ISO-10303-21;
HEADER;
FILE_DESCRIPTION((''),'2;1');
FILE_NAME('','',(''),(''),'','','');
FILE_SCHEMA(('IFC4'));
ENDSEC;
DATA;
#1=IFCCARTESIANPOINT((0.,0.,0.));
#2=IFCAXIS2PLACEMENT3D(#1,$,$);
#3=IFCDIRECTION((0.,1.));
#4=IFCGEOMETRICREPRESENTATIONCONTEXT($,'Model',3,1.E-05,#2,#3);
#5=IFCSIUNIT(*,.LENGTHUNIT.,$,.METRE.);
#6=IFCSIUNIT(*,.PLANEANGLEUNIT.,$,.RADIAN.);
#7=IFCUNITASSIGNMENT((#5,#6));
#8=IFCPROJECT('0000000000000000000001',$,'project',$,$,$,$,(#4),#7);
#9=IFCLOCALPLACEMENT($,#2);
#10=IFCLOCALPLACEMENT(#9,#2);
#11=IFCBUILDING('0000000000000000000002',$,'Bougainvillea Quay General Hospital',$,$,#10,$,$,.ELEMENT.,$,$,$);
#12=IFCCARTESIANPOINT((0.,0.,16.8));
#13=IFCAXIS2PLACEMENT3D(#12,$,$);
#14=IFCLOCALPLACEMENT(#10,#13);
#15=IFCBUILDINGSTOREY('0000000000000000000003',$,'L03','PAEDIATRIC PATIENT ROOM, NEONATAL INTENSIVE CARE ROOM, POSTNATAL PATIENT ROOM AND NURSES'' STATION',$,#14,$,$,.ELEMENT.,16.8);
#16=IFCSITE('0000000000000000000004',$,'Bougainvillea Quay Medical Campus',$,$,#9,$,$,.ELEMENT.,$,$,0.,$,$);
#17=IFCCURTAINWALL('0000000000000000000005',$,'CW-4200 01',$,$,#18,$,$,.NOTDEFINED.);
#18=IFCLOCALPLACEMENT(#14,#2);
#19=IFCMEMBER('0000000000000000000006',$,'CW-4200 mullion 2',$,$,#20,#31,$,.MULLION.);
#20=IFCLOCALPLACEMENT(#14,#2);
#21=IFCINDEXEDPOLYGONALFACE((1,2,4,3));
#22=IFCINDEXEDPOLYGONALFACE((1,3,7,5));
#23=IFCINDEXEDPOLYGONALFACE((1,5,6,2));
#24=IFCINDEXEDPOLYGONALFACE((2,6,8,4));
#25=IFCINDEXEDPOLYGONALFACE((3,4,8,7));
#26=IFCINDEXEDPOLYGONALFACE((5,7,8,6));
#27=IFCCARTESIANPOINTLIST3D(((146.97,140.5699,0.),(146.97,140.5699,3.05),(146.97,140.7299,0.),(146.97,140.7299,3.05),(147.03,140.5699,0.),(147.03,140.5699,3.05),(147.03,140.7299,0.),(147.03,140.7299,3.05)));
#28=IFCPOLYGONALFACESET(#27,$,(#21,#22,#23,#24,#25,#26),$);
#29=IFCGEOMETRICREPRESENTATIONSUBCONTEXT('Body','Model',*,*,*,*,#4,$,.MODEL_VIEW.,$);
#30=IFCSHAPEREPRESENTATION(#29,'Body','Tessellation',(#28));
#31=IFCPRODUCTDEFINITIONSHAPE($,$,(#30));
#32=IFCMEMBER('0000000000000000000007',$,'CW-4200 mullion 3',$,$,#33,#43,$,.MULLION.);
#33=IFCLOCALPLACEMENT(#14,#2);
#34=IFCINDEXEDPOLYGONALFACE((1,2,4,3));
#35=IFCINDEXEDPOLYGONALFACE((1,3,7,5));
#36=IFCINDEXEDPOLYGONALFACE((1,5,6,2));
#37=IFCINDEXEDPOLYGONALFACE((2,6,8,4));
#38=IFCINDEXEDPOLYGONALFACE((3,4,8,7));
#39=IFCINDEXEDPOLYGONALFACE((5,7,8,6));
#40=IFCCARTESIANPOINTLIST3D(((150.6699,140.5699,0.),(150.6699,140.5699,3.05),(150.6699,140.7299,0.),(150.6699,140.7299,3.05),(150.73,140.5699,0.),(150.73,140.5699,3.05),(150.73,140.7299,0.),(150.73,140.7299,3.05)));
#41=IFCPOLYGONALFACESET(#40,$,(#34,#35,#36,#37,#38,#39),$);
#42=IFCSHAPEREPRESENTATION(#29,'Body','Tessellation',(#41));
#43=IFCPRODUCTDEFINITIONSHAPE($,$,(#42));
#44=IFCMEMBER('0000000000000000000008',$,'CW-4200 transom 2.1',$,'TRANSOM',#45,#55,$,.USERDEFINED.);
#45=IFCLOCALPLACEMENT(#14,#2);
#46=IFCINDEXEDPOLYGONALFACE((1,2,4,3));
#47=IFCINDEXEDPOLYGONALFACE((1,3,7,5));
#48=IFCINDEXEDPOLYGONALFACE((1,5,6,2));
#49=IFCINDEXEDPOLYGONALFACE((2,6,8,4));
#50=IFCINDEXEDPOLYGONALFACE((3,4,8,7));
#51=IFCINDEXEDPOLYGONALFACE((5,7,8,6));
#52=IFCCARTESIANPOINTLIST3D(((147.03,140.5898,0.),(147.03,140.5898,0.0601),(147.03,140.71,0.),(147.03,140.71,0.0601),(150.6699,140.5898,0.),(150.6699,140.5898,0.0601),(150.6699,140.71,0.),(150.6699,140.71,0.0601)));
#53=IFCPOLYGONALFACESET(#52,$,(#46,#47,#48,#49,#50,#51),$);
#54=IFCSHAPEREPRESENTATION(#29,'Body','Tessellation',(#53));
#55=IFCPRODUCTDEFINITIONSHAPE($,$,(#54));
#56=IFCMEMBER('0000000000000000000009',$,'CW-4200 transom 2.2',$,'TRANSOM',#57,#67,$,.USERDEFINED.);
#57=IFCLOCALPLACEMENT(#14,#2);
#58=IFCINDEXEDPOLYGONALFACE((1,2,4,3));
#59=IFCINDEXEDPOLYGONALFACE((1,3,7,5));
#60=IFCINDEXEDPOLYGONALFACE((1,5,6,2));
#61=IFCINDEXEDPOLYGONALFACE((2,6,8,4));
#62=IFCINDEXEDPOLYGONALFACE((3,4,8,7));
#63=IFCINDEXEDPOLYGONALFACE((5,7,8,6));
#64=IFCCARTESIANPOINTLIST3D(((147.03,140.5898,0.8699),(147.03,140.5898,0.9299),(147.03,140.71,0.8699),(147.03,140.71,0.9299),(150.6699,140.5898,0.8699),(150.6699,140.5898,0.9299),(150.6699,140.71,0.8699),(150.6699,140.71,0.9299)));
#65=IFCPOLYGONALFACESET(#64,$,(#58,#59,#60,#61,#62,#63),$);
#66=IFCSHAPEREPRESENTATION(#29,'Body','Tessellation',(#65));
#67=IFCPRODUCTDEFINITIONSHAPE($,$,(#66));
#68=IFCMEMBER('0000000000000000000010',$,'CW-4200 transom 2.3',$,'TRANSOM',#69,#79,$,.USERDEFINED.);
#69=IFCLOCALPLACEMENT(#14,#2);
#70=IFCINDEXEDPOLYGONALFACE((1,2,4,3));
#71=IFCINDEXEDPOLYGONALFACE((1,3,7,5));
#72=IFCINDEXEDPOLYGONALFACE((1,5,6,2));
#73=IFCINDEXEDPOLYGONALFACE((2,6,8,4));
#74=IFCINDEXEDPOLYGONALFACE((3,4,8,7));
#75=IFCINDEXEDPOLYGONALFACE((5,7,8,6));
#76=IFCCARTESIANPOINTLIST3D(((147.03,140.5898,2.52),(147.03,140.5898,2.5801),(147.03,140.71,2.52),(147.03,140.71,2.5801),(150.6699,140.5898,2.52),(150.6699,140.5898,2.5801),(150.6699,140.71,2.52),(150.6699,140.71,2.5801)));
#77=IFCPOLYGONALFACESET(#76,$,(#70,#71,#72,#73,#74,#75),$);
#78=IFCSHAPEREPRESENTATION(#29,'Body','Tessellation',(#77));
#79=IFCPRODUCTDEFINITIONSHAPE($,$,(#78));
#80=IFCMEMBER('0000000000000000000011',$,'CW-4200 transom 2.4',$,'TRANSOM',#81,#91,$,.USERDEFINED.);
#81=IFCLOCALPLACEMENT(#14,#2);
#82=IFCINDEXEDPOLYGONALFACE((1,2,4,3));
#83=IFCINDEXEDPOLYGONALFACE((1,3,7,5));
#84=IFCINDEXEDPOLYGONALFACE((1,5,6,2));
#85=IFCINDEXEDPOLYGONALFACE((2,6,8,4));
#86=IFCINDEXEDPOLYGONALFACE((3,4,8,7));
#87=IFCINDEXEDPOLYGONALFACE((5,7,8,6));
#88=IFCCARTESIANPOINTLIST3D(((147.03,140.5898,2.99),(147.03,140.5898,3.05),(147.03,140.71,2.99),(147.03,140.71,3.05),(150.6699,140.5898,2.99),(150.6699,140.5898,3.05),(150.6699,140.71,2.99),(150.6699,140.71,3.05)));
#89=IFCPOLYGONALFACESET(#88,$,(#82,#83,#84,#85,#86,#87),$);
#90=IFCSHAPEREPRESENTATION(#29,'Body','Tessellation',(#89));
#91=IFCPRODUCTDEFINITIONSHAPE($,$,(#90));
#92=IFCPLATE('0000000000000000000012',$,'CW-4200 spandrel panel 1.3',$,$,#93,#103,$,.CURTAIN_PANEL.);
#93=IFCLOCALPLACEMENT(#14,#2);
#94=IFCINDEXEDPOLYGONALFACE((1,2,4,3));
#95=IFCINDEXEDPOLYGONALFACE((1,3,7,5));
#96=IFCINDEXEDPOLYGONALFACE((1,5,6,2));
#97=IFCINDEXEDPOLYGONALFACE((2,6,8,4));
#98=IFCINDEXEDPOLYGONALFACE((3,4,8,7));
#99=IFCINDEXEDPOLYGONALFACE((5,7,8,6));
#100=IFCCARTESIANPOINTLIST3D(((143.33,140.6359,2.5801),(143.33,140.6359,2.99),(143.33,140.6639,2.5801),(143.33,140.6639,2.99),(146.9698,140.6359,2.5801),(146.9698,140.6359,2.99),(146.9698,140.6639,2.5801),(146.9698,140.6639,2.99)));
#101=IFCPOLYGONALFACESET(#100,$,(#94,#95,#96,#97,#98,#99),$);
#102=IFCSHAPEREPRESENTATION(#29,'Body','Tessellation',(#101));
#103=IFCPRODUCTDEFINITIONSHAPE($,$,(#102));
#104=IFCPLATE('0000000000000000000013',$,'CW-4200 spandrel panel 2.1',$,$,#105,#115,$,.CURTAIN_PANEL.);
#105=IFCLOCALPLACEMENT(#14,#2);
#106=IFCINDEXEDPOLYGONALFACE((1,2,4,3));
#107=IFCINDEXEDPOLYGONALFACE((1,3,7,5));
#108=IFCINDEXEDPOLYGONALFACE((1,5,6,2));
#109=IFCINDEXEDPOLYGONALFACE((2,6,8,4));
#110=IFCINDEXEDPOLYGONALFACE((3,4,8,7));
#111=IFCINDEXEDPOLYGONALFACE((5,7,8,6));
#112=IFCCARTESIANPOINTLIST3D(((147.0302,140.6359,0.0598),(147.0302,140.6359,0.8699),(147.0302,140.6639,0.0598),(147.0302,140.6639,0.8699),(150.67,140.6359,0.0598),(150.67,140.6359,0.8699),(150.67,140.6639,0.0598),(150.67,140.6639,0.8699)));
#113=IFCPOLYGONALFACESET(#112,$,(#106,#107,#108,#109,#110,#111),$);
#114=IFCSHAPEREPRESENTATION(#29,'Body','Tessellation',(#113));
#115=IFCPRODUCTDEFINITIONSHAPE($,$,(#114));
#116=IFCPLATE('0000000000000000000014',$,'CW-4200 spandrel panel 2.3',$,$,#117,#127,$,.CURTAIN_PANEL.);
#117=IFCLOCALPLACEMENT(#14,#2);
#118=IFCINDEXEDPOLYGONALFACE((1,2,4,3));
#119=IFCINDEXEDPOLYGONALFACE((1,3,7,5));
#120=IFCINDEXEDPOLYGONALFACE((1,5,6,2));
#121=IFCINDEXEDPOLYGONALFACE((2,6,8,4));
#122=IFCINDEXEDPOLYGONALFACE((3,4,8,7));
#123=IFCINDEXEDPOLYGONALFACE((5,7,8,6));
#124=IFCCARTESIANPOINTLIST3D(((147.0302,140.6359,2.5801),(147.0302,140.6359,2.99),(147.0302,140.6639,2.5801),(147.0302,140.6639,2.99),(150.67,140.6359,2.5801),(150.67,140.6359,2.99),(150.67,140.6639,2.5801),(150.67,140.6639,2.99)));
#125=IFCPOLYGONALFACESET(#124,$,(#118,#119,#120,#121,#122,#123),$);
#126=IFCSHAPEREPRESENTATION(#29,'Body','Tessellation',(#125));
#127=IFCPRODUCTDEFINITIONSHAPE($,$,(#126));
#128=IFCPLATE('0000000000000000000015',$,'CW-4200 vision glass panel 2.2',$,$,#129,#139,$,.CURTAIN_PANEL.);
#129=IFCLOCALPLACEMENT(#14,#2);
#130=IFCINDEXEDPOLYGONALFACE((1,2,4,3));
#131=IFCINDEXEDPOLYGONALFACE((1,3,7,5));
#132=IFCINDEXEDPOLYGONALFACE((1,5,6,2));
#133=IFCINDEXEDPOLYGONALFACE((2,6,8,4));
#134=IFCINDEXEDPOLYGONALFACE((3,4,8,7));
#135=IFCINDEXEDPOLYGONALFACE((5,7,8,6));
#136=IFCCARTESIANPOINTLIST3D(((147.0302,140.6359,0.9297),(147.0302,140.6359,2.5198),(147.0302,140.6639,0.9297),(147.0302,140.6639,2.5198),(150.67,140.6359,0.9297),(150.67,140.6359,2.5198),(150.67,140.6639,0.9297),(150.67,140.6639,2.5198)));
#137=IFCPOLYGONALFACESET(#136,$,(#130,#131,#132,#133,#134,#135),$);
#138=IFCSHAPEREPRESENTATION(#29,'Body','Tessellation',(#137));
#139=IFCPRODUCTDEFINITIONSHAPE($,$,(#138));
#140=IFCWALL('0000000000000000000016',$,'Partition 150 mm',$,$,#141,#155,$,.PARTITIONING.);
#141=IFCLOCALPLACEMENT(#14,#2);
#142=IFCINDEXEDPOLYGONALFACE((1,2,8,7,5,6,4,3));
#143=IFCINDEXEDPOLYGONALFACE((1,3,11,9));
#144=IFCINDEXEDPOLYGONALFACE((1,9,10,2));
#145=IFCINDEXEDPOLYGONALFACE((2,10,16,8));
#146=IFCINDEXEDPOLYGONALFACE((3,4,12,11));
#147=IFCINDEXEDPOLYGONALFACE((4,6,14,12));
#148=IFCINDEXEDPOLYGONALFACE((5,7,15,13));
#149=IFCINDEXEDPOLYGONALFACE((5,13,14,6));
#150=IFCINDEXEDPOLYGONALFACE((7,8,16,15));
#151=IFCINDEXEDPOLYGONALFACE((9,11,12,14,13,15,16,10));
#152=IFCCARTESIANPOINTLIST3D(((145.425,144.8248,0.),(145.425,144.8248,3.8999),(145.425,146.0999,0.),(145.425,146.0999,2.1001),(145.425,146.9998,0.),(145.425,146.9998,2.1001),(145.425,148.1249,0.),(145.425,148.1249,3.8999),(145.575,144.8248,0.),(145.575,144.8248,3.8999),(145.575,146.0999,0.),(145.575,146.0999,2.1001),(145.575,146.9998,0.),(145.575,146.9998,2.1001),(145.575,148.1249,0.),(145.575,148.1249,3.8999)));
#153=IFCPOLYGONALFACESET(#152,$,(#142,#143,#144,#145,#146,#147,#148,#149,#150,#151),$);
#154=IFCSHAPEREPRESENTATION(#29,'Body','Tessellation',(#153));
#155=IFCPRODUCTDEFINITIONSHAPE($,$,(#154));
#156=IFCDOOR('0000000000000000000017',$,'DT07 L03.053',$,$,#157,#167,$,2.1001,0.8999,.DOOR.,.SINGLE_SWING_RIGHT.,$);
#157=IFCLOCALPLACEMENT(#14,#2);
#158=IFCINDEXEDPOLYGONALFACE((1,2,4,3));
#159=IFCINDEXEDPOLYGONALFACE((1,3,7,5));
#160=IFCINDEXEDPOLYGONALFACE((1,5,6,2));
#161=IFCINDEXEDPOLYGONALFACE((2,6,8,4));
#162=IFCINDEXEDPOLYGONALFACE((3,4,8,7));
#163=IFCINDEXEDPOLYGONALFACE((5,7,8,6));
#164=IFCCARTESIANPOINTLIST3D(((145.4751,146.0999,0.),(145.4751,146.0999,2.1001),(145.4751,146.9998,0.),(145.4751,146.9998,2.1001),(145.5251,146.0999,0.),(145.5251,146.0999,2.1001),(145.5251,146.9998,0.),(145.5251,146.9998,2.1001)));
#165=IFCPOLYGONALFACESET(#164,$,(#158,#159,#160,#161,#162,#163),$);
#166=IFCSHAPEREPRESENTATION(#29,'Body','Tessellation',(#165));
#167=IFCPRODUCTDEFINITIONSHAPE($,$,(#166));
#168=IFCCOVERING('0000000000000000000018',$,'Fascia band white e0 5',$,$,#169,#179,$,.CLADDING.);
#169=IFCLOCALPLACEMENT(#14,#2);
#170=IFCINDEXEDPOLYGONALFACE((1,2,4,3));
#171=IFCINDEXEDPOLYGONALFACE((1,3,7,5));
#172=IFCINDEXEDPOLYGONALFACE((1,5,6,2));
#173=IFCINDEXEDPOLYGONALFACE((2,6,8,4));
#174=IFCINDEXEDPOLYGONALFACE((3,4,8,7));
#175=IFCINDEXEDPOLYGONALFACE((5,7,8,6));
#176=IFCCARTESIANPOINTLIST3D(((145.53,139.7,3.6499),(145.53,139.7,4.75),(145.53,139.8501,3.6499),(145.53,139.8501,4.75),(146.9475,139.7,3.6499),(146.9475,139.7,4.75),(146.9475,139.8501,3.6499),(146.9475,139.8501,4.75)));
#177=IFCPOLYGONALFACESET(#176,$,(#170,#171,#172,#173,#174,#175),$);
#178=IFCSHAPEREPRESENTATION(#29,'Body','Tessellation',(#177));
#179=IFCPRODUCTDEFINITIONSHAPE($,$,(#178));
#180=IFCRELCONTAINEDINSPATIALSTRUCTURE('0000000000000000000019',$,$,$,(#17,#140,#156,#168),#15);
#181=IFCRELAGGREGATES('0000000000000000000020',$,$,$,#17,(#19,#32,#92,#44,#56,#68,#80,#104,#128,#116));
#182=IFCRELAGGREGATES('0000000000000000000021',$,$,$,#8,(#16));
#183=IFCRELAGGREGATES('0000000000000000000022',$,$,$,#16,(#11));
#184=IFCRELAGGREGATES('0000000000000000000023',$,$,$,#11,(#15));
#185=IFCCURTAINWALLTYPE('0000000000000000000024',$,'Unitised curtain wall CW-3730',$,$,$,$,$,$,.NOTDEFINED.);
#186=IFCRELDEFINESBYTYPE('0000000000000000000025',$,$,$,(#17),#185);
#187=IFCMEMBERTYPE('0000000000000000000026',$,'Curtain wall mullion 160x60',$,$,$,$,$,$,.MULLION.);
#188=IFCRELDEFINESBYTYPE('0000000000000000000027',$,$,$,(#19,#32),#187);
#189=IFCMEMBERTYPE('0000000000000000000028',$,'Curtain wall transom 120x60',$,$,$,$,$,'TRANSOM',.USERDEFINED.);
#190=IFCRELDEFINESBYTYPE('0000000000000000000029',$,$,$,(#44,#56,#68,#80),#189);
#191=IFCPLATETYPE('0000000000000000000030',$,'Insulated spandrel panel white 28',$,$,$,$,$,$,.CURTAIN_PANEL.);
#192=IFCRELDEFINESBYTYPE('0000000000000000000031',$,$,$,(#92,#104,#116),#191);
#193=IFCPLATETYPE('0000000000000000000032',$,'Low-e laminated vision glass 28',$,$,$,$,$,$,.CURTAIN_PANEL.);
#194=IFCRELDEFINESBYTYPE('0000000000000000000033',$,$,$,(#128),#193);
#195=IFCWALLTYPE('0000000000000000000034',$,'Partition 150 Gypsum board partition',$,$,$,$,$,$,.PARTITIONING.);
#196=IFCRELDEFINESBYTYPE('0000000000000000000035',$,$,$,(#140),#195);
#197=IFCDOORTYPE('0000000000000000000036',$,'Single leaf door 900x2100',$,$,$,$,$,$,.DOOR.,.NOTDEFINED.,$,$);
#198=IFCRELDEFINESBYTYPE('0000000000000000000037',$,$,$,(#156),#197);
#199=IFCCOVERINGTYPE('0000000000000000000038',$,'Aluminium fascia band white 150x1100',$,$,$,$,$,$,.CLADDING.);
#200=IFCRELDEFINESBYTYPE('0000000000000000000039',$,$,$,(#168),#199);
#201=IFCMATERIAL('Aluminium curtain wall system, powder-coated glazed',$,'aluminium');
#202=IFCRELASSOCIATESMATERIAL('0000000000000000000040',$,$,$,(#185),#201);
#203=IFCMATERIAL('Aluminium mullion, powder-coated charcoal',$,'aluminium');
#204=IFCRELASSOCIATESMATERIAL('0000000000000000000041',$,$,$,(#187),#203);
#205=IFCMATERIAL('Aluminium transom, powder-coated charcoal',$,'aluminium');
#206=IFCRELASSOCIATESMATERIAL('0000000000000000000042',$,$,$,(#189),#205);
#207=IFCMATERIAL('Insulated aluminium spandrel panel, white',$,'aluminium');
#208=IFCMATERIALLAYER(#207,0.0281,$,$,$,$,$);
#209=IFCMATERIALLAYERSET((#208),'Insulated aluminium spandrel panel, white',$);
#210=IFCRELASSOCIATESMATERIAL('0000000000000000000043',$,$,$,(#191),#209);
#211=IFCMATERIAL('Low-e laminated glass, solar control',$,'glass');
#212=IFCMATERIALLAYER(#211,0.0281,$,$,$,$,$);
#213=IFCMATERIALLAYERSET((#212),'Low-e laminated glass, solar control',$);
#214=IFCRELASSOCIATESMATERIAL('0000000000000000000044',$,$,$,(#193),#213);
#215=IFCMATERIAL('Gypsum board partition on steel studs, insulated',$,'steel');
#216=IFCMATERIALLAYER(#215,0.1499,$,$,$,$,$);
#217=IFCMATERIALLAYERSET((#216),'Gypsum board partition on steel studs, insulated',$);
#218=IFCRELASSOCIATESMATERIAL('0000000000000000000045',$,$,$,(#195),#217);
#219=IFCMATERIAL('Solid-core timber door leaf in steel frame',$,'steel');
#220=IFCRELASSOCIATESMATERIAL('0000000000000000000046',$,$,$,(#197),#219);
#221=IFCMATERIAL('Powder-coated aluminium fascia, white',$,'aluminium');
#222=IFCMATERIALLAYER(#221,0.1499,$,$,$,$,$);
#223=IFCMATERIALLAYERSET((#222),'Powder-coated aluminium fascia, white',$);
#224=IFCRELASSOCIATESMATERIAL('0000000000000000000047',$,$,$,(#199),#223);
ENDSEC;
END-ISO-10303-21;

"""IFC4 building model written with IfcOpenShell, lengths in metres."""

from ifc_helpers import new_model, si_unit, direction, frame, frame_2d, origin, origin_2d, place, context, subcontext, project, spatial, polyline, rectangle, outline, extrude, material, layer, layer_set, material_profile, profile_set, type_object, element, fill, aggregate, save


model = new_model("IFC4")

# Units and contexts
model_context = context("Model", 3, precision=1e-05, world=origin(), true_north=direction((0.0, 1.0)))
body_context = subcontext(model_context, "Body", "Model", "MODEL_VIEW")
ifc_project = project(units=[si_unit("LENGTHUNIT", "METRE"), si_unit("PLANEANGLEUNIT", "RADIAN")], contexts=[model_context])

# Site, building, storey
site_placement = place(None, origin())
site = spatial("IfcSite", under=ifc_project, at=site_placement, Name="Bougainvillea Quay Medical Campus", CompositionType="ELEMENT", RefElevation=0.0)
building_placement = place(site_placement, origin())
building = spatial("IfcBuilding", under=site, at=building_placement, Name="Bougainvillea Quay General Hospital", CompositionType="ELEMENT")
storey_placement = place(building_placement, frame((0.0, 0.0, 16.8)))
storey = spatial("IfcBuildingStorey", under=building, at=storey_placement, Name="L03", Description="PAEDIATRIC PATIENT ROOM, NEONATAL INTENSIVE CARE ROOM, POSTNATAL PATIENT ROOM AND NURSES' STATION", CompositionType="ELEMENT", Elevation=16.8)

# Curtain wall, members, plates
ifc_material_1 = material(Name="Aluminium curtain wall system, powder-coated glazed", Category="aluminium")
curtain_wall_type = type_object("IfcCurtainWallType", Name="Unitised curtain wall CW-3730", PredefinedType="NOTDEFINED", material=ifc_material_1)
curtain_wall_placement = place(storey_placement, origin())
curtain_wall = element("IfcCurtainWall", 1, at=curtain_wall_placement, inside=storey, type_object=curtain_wall_type, Name="CW-4200 01", PredefinedType="NOTDEFINED")
ifc_material_2 = material(Name="Aluminium mullion, powder-coated charcoal", Category="aluminium")
ifc_material_profile_1 = material_profile(ifc_material_2, rectangle(XDim=0.1599, YDim=0.0601, at=origin_2d()))
ifc_profile_set_1 = profile_set([ifc_material_profile_1], Name="Aluminium mullion, powder-coated charcoal")
member_type_1 = type_object("IfcMemberType", Name="Curtain wall mullion 160x60", PredefinedType="MULLION", material=ifc_profile_set_1)
member_1_placement = place(storey_placement, frame((147.0, 140.6499, 0.0), z_axis=(0.0, 0.0, 1.0), x_axis=(0.0, 1.0, 0.0)))
member_1 = element("IfcMember", 2, at=member_1_placement, type_object=member_type_1, Name="CW-4200 mullion 2", PredefinedType="MULLION", context=body_context, shape_type="SweptSolid", body=[
    extrude(rectangle(XDim=0.1599, YDim=0.0601, at=origin_2d()), origin(), (0.0, 0.0, 1.0), 3.05),
])
member_2_placement = place(storey_placement, frame((150.7, 140.6499, 0.0), z_axis=(0.0, 0.0, 1.0), x_axis=(0.0, 1.0, 0.0)))
member_2 = element("IfcMember", 3, at=member_2_placement, type_object=member_type_1, Name="CW-4200 mullion 3", PredefinedType="MULLION", context=body_context, shape_type="SweptSolid", body=[
    extrude(rectangle(XDim=0.1599, YDim=0.0601, at=origin_2d()), origin(), (0.0, 0.0, 1.0), 3.05),
])
ifc_material_3 = material(Name="Aluminium transom, powder-coated charcoal", Category="aluminium")
ifc_material_profile_2 = material_profile(ifc_material_3, rectangle(XDim=0.1201, YDim=0.0601, at=origin_2d()))
ifc_profile_set_2 = profile_set([ifc_material_profile_2], Name="Aluminium transom, powder-coated charcoal")
member_type_2 = type_object("IfcMemberType", Name="Curtain wall transom 120x60", ElementType="TRANSOM", PredefinedType="USERDEFINED", material=ifc_profile_set_2)
member_3_placement = place(storey_placement, frame((147.03, 140.6499, 0.03), z_axis=(1.0, 0.0, 0.0), x_axis=(0.0, 1.0, 0.0)))
member_3 = element("IfcMember", 4, at=member_3_placement, type_object=member_type_2, Name="CW-4200 transom 2.1", ObjectType="TRANSOM", PredefinedType="USERDEFINED", context=body_context, shape_type="SweptSolid", body=[
    extrude(rectangle(XDim=0.1201, YDim=0.0601, at=origin_2d()), origin(), (0.0, 0.0, 1.0), 3.6399),
])
member_4_placement = place(storey_placement, frame((147.03, 140.6499, 0.8999), z_axis=(1.0, 0.0, 0.0), x_axis=(0.0, 1.0, 0.0)))
member_4 = element("IfcMember", 5, at=member_4_placement, type_object=member_type_2, Name="CW-4200 transom 2.2", ObjectType="TRANSOM", PredefinedType="USERDEFINED", context=body_context, shape_type="SweptSolid", body=[
    extrude(rectangle(XDim=0.1201, YDim=0.0601, at=origin_2d()), origin(), (0.0, 0.0, 1.0), 3.6399),
])
member_5_placement = place(storey_placement, frame((147.03, 140.6499, 2.55), z_axis=(1.0, 0.0, 0.0), x_axis=(0.0, 1.0, 0.0)))
member_5 = element("IfcMember", 6, at=member_5_placement, type_object=member_type_2, Name="CW-4200 transom 2.3", ObjectType="TRANSOM", PredefinedType="USERDEFINED", context=body_context, shape_type="SweptSolid", body=[
    extrude(rectangle(XDim=0.1201, YDim=0.0601, at=origin_2d()), origin(), (0.0, 0.0, 1.0), 3.6399),
])
member_6_placement = place(storey_placement, frame((147.03, 140.6499, 3.02), z_axis=(1.0, 0.0, 0.0), x_axis=(0.0, 1.0, 0.0)))
member_6 = element("IfcMember", 7, at=member_6_placement, type_object=member_type_2, Name="CW-4200 transom 2.4", ObjectType="TRANSOM", PredefinedType="USERDEFINED", context=body_context, shape_type="SweptSolid", body=[
    extrude(rectangle(XDim=0.1201, YDim=0.0601, at=origin_2d()), origin(), (0.0, 0.0, 1.0), 3.6399),
])
ifc_material_4 = material(Name="Insulated aluminium spandrel panel, white", Category="aluminium")
ifc_layer_1 = layer(ifc_material_4, 0.0281)
ifc_layer_set_1 = layer_set([ifc_layer_1], Name="Insulated aluminium spandrel panel, white")
plate_type_1 = type_object("IfcPlateType", Name="Insulated spandrel panel white 28", PredefinedType="CURTAIN_PANEL", material=ifc_layer_set_1)
plate_1_placement = place(storey_placement, frame((145.1499, 140.6499, 2.5801), z_axis=(0.0, 0.0, 1.0), x_axis=(1.0, 0.0, 0.0)))
plate_1 = element("IfcPlate", 8, at=plate_1_placement, type_object=plate_type_1, Name="CW-4200 spandrel panel 1.3", PredefinedType="CURTAIN_PANEL", context=body_context, shape_type="SweptSolid", body=[
    extrude(rectangle(XDim=3.6399, YDim=0.0281, at=origin_2d()), origin(), (0.0, 0.0, 1.0), 0.4099),
])
plate_2_placement = place(storey_placement, frame((148.8501, 140.6499, 0.0598), z_axis=(0.0, 0.0, 1.0), x_axis=(1.0, 0.0, 0.0)))
plate_2 = element("IfcPlate", 9, at=plate_2_placement, type_object=plate_type_1, Name="CW-4200 spandrel panel 2.1", PredefinedType="CURTAIN_PANEL", context=body_context, shape_type="SweptSolid", body=[
    extrude(rectangle(XDim=3.6399, YDim=0.0281, at=origin_2d()), origin(), (0.0, 0.0, 1.0), 0.8101),
])
plate_3_placement = place(storey_placement, frame((148.8501, 140.6499, 2.5801), z_axis=(0.0, 0.0, 1.0), x_axis=(1.0, 0.0, 0.0)))
plate_3 = element("IfcPlate", 10, at=plate_3_placement, type_object=plate_type_1, Name="CW-4200 spandrel panel 2.3", PredefinedType="CURTAIN_PANEL", context=body_context, shape_type="SweptSolid", body=[
    extrude(rectangle(XDim=3.6399, YDim=0.0281, at=origin_2d()), origin(), (0.0, 0.0, 1.0), 0.4099),
])
ifc_material_5 = material(Name="Low-e laminated glass, solar control", Category="glass")
ifc_layer_2 = layer(ifc_material_5, 0.0281)
ifc_layer_set_2 = layer_set([ifc_layer_2], Name="Low-e laminated glass, solar control")
plate_type_2 = type_object("IfcPlateType", Name="Low-e laminated vision glass 28", PredefinedType="CURTAIN_PANEL", material=ifc_layer_set_2)
plate_4_placement = place(storey_placement, frame((148.8501, 140.6499, 0.9297), z_axis=(0.0, 0.0, 1.0), x_axis=(1.0, 0.0, 0.0)))
plate_4 = element("IfcPlate", 11, at=plate_4_placement, type_object=plate_type_2, Name="CW-4200 vision glass panel 2.2", PredefinedType="CURTAIN_PANEL", context=body_context, shape_type="SweptSolid", body=[
    extrude(rectangle(XDim=3.6399, YDim=0.0281, at=origin_2d()), origin(), (0.0, 0.0, 1.0), 1.5901),
])
aggregate(curtain_wall, [member_1, member_2, plate_1, member_3, member_4, member_5, member_6, plate_2, plate_4, plate_3])

# Wall, opening, door
ifc_material_6 = material(Name="Gypsum board partition on steel studs, insulated", Category="steel")
ifc_layer_3 = layer(ifc_material_6, 0.1499)
ifc_layer_set_3 = layer_set([ifc_layer_3], Name="Gypsum board partition on steel studs, insulated")
wall_type = type_object("IfcWallType", Name="Partition 150 Gypsum board partition", PredefinedType="PARTITIONING", material=ifc_layer_set_3)
wall_placement = place(storey_placement, frame((145.5, 144.825, 0.0), z_axis=(0.0, 0.0, 1.0), x_axis=(0.0, 1.0, 0.0)))
wall = element("IfcWall", 12, at=wall_placement, inside=storey, type_object=wall_type, Name="Partition 150 mm", PredefinedType="PARTITIONING", context=body_context, shape_type="SweptSolid", body=[
    extrude(rectangle(XDim=3.3, YDim=0.1499, at=frame_2d((1.6499, 0.0))), origin(), (0.0, 0.0, 1.0), 3.8999),
])
opening_placement = place(wall_placement, frame((1.2749, 0.0, 0.0)))
opening = element("IfcOpeningElement", 13, at=opening_placement, cuts=wall, PredefinedType="OPENING", context=body_context, shape_type="SweptSolid", body=[
    extrude(rectangle(XDim=0.8999, YDim=2.1001, at=frame_2d((0.45, 1.05))), frame((0.0, 0.085, 0.0), z_axis=(0.0, -1.0, 0.0), x_axis=(1.0, 0.0, 0.0)), (0.0, 0.0, 1.0), 0.1699),
])
ifc_material_7 = material(Name="Solid-core timber door leaf in steel frame", Category="steel")
door_type = type_object("IfcDoorType", Name="Single leaf door 900x2100", OperationType="NOTDEFINED", PredefinedType="DOOR", material=ifc_material_7)
door_placement = place(opening_placement, origin())
door = element("IfcDoor", 14, at=door_placement, inside=storey, type_object=door_type, Name="DT07 L03.053", OperationType="SINGLE_SWING_RIGHT", OverallHeight=2.1001, OverallWidth=0.8999, PredefinedType="DOOR", context=body_context, shape_type="SweptSolid", body=[
    extrude(rectangle(XDim=0.8999, YDim=2.1001, at=frame_2d((0.45, 1.05))), frame((0.0, 0.0249, 0.0), z_axis=(0.0, -1.0, 0.0), x_axis=(1.0, 0.0, 0.0)), (0.0, 0.0, 1.0), 0.05),
])
fill(opening, door)

# Covering
ifc_material_8 = material(Name="Powder-coated aluminium fascia, white", Category="aluminium")
ifc_layer_4 = layer(ifc_material_8, 0.1499)
ifc_layer_set_4 = layer_set([ifc_layer_4], Name="Powder-coated aluminium fascia, white")
covering_type = type_object("IfcCoveringType", Name="Aluminium fascia band white 150x1100", PredefinedType="CLADDING", material=ifc_layer_set_4)
for number, where, z_axis, x_axis, name in (
    (15, (145.53, 139.8501, 3.6499), (0.0, 0.0, 1.0), (1.0, 0.0, 0.0), "Fascia band white e0 5"),
):
    element("IfcCovering", number, at=place(storey_placement, frame(where, z_axis=z_axis, x_axis=x_axis)), inside=storey, type_object=covering_type, Name=name, PredefinedType="CLADDING", context=body_context, shape_type="SweptSolid", body=[
        extrude(outline(polyline([(0.0, 0.0), (1.4175, 0.0), (1.4175, -0.1501), (0.0, -0.1501), (0.0, 0.0)])), origin(), (0.0, 0.0, 1.0), 1.1001),
    ])

save(model, "model.ifc")
